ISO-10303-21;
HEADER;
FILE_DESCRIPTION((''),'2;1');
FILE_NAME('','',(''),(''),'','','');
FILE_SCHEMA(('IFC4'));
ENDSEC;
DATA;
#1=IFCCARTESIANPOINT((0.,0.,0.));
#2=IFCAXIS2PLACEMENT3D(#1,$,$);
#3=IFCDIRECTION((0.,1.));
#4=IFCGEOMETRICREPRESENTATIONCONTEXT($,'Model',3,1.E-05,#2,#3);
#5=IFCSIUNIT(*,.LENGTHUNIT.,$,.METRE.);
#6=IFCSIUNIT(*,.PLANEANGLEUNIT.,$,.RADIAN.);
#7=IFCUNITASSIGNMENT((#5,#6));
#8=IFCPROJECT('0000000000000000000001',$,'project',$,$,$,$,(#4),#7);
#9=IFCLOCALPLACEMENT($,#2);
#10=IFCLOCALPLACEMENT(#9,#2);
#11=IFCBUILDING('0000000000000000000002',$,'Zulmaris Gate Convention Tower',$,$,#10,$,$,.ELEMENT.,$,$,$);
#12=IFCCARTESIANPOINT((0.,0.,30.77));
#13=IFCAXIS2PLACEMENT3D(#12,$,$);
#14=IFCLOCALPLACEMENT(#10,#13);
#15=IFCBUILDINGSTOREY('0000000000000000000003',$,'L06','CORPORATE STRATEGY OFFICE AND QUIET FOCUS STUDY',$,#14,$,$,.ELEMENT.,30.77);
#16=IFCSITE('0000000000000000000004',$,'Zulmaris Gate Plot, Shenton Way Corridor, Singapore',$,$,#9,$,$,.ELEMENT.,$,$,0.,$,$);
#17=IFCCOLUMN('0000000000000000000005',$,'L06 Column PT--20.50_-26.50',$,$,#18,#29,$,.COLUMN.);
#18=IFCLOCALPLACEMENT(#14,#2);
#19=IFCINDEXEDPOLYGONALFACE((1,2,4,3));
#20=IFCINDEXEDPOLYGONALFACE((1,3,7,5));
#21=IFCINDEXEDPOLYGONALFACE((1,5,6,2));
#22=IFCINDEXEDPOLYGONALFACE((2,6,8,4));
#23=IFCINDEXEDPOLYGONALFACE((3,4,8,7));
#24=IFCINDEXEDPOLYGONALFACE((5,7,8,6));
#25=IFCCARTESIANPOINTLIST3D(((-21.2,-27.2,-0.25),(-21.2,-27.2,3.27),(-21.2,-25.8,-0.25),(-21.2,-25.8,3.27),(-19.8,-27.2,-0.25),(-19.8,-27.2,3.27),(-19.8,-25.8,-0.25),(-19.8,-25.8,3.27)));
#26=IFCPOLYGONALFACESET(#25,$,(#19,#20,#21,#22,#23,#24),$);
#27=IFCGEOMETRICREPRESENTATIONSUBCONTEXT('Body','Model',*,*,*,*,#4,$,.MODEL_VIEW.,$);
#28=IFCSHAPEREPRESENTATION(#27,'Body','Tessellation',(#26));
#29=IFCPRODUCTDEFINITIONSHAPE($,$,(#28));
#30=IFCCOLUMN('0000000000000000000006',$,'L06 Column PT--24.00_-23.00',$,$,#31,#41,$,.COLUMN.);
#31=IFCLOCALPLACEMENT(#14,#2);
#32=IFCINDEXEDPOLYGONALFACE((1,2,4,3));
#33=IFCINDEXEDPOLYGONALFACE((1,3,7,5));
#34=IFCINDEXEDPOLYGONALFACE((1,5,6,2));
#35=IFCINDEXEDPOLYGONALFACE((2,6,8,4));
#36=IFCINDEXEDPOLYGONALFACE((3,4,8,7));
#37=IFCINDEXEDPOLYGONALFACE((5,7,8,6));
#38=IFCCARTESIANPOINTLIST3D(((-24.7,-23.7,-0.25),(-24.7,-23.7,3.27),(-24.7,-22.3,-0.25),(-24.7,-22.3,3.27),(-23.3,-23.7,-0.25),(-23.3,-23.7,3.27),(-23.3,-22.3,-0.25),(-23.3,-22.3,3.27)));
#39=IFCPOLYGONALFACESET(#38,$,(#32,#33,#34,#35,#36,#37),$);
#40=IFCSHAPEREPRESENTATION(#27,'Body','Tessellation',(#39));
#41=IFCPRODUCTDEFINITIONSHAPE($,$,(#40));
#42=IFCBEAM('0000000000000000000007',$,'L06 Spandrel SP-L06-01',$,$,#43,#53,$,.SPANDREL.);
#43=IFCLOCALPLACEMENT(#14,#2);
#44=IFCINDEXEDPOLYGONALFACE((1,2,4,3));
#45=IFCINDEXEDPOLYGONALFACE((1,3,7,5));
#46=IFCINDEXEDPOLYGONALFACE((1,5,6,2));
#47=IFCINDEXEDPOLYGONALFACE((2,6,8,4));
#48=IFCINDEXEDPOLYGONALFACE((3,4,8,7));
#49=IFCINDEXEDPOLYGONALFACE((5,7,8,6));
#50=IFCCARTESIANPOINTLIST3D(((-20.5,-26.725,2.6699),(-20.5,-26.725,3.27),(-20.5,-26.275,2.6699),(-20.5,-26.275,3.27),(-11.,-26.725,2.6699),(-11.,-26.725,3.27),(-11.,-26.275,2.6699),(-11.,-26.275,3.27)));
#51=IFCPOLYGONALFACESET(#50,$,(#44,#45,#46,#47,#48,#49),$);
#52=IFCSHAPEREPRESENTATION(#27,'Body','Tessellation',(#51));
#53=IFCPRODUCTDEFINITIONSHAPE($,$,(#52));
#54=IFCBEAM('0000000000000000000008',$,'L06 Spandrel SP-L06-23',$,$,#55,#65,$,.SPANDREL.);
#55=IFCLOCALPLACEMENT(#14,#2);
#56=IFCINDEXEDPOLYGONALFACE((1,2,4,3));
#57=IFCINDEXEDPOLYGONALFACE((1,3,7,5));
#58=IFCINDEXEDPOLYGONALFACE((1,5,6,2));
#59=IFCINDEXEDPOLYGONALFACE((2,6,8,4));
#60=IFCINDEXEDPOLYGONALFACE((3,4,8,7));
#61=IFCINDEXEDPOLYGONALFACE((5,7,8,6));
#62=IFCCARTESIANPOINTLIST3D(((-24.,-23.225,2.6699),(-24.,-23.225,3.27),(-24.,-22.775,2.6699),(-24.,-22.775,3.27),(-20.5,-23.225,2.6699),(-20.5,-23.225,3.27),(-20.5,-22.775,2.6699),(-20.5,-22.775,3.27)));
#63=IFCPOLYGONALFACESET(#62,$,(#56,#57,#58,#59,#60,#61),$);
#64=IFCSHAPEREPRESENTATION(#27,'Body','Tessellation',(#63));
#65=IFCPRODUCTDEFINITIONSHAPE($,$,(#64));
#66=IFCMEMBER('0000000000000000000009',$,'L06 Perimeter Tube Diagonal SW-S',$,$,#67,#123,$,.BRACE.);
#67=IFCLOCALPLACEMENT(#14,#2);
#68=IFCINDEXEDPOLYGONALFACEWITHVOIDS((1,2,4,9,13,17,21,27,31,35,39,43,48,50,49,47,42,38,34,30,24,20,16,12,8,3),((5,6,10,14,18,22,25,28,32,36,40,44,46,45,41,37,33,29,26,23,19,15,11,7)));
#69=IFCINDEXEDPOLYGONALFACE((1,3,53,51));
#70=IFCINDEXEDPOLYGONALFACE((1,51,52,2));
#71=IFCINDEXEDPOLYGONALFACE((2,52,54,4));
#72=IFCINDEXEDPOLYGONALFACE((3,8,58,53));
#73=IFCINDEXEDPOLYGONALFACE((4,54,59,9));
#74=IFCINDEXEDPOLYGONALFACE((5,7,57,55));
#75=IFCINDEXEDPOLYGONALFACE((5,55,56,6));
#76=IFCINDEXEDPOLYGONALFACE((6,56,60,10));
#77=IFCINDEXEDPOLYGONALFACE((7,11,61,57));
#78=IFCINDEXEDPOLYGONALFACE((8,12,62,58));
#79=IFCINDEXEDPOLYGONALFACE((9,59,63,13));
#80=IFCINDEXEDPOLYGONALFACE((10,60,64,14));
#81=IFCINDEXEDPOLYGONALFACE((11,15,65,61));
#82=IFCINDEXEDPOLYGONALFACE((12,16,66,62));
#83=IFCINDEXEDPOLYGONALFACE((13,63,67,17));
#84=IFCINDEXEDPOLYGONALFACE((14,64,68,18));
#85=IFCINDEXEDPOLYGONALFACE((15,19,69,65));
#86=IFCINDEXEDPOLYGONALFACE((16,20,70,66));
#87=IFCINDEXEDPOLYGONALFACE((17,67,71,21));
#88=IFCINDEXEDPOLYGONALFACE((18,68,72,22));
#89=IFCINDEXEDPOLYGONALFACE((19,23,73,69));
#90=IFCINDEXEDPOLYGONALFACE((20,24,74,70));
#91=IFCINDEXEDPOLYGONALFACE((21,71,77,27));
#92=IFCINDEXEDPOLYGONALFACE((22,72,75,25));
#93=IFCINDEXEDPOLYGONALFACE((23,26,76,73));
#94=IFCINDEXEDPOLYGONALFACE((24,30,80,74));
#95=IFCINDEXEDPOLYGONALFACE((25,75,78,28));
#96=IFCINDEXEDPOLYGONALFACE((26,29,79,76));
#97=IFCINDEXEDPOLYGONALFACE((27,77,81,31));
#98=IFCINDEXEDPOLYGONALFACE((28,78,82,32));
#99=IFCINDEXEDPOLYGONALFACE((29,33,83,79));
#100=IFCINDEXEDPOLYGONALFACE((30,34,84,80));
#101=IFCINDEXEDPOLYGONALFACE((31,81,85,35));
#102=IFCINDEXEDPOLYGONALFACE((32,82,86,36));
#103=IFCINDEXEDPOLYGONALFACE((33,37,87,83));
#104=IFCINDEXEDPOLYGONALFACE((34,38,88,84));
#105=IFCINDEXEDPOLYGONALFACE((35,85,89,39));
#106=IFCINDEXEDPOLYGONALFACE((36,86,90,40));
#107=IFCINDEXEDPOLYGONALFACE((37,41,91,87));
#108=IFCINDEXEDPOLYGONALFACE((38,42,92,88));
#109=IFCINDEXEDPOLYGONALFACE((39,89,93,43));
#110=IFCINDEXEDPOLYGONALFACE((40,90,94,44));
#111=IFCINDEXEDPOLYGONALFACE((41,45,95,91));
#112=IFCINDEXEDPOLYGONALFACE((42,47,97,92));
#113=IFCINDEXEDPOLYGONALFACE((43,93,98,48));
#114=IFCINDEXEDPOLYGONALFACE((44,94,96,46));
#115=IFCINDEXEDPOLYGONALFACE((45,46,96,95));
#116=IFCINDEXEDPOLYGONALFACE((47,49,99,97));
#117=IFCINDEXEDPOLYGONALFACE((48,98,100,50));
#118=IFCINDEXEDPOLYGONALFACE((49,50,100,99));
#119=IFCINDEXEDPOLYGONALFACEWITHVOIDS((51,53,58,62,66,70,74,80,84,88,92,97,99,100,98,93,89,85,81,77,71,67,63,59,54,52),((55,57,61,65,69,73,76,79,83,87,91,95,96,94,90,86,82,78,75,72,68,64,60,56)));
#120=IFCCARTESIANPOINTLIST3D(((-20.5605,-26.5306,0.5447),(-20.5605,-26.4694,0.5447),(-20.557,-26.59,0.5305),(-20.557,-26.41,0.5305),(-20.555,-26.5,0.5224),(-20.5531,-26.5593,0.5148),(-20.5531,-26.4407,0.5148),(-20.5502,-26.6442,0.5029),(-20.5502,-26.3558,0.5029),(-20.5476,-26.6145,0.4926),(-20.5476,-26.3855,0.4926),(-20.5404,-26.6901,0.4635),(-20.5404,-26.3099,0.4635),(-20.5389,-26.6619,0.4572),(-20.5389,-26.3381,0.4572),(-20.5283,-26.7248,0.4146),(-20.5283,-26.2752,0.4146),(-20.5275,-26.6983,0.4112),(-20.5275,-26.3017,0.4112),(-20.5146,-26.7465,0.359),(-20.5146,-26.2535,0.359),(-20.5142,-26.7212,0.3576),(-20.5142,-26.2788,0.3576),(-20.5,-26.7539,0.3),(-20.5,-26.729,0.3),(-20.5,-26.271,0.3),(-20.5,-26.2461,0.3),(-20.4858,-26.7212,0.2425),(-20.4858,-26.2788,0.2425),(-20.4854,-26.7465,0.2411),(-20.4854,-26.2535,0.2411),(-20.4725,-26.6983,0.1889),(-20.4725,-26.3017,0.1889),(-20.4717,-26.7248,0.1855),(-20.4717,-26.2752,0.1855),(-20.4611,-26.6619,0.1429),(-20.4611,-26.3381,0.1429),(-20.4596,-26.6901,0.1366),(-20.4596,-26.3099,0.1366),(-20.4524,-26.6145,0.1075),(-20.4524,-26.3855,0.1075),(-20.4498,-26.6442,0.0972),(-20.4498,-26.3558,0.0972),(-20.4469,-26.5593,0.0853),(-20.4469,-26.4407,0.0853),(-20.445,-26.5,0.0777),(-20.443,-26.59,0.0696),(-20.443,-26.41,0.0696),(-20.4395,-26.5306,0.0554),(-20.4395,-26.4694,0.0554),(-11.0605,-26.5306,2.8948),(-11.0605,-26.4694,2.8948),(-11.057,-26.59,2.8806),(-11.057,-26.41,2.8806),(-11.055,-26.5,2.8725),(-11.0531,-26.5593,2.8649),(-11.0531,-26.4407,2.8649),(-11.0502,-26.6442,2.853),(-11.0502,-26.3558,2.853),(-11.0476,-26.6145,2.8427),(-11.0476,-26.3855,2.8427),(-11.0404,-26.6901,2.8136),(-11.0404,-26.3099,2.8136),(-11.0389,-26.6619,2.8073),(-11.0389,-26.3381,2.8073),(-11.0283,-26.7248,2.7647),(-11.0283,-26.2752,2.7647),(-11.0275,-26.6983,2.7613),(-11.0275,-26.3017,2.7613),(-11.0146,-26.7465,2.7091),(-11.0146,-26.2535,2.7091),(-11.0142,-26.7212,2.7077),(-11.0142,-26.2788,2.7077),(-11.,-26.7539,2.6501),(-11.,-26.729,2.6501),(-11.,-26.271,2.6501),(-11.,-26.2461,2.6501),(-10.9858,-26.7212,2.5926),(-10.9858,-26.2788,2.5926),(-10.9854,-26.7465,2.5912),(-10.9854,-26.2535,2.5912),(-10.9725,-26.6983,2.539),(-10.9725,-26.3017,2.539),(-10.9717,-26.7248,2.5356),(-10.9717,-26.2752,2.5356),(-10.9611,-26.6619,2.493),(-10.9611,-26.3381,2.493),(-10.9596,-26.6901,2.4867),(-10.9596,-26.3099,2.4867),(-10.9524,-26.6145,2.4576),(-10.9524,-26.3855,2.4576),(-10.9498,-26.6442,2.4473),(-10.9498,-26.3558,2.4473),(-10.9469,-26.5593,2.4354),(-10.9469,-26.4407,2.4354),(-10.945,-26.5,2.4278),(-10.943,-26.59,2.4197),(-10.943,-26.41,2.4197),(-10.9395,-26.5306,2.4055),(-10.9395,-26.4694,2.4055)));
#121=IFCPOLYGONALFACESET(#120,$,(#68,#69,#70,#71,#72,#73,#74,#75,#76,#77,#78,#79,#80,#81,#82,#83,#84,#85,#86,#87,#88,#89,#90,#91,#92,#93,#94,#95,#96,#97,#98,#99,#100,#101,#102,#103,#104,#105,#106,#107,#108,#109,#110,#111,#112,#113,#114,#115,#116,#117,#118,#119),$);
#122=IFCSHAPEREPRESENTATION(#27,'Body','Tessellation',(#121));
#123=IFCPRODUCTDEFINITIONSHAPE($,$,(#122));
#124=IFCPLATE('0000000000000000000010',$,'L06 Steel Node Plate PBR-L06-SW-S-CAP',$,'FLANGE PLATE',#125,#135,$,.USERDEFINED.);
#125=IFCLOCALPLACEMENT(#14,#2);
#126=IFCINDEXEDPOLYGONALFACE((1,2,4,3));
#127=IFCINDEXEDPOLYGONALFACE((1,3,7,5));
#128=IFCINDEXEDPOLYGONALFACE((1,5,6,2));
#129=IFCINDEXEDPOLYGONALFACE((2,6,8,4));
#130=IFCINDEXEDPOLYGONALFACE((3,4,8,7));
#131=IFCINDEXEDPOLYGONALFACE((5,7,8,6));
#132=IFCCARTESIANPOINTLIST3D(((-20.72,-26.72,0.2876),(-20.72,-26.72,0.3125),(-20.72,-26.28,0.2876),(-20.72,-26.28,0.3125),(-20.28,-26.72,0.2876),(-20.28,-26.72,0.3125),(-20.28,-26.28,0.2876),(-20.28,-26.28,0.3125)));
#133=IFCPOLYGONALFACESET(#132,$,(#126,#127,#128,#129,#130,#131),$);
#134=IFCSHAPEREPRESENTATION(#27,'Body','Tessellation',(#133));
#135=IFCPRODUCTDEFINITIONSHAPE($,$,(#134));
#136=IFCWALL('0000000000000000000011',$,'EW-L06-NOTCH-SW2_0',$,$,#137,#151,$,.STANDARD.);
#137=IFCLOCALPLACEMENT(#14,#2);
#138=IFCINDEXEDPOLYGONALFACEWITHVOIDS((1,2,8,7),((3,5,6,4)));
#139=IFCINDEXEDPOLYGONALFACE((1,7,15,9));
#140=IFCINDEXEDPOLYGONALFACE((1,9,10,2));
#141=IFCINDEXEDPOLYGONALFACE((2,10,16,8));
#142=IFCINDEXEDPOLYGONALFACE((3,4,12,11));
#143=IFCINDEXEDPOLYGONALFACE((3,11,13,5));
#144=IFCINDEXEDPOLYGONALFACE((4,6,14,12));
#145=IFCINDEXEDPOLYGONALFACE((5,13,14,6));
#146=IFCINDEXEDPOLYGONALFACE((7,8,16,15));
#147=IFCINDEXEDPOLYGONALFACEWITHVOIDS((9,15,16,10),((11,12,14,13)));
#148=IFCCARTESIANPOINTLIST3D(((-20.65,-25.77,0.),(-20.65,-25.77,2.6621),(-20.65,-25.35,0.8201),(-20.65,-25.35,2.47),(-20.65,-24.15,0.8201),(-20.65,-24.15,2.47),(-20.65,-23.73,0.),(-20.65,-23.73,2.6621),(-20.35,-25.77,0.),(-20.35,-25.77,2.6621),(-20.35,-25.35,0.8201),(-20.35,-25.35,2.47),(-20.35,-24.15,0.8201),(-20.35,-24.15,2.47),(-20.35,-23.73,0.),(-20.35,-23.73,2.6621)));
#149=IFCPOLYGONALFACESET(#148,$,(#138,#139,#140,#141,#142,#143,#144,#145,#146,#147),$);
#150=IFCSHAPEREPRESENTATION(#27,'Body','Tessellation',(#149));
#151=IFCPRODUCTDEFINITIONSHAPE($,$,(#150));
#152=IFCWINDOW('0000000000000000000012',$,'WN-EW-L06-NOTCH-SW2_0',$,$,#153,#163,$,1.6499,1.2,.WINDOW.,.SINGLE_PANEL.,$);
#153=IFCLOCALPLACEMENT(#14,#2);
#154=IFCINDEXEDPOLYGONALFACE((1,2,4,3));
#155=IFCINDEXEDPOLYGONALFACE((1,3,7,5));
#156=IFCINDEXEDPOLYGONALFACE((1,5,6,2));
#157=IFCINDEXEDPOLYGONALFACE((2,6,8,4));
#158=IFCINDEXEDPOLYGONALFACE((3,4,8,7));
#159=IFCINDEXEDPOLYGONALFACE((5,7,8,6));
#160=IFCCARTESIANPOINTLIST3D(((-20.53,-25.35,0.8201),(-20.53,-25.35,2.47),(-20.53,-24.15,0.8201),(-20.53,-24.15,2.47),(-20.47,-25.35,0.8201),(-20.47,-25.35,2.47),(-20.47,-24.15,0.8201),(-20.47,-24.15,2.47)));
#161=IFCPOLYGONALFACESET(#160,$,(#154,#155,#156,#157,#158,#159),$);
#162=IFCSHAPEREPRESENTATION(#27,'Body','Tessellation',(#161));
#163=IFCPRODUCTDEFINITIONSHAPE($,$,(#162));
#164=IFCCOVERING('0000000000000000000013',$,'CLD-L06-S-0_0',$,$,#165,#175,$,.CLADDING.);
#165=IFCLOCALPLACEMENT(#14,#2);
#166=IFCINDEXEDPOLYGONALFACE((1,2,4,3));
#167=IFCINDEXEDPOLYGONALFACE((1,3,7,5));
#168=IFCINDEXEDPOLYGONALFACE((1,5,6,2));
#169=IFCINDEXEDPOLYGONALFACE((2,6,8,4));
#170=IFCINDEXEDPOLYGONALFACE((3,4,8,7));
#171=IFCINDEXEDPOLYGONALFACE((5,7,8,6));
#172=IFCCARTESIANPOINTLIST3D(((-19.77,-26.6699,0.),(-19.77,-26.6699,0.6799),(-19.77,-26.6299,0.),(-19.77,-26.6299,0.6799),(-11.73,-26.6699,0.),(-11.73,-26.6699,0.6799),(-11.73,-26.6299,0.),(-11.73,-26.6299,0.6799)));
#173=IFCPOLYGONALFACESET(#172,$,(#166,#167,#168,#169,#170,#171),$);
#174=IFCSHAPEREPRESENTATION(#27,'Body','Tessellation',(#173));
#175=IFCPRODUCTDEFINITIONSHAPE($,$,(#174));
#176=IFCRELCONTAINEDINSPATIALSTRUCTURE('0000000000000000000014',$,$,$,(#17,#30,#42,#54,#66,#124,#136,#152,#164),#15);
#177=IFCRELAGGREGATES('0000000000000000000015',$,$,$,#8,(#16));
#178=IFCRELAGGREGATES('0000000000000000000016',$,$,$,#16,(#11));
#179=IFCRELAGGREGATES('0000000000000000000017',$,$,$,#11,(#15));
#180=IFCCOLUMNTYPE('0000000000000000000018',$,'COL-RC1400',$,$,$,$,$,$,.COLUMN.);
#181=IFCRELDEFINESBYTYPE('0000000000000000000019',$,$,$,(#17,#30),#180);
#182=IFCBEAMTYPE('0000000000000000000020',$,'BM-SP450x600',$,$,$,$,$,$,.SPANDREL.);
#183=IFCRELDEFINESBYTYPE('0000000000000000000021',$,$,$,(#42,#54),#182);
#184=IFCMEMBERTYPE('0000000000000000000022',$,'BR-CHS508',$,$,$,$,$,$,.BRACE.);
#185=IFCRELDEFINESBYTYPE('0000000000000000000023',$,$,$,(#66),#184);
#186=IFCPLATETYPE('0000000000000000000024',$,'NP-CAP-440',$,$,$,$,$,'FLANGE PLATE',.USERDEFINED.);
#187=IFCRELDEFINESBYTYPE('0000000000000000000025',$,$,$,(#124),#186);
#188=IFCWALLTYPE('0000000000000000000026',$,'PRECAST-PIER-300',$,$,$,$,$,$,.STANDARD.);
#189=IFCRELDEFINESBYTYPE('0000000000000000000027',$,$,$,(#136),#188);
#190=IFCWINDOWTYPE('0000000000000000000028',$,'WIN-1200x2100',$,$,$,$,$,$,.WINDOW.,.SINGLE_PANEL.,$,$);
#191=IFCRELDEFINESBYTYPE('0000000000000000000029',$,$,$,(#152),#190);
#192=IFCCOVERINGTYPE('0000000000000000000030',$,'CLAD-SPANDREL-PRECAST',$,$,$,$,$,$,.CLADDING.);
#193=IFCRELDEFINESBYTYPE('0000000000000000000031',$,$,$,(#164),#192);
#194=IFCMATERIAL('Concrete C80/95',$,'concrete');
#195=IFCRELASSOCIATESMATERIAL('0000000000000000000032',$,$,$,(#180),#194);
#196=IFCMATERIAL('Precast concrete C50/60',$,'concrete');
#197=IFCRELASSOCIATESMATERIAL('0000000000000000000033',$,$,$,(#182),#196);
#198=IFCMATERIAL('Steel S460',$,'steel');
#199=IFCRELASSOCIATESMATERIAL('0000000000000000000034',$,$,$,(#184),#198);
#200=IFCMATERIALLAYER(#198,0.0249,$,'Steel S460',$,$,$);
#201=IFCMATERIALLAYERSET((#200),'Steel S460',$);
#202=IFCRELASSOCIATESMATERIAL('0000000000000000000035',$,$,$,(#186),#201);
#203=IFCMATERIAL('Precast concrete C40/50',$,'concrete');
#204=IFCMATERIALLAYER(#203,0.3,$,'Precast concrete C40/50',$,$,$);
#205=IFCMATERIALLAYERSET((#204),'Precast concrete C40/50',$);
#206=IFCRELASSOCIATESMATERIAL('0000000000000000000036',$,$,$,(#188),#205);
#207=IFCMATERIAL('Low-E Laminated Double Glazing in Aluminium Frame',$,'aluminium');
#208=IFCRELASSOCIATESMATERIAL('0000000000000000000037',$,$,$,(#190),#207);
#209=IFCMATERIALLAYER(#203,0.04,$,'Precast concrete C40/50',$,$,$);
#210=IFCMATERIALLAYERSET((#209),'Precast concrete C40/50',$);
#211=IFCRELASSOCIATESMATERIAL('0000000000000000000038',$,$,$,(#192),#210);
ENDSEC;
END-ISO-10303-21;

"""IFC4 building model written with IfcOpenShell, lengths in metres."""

from ifc_helpers import new_model, si_unit, direction, frame, frame_2d, origin, origin_2d, place, context, subcontext, project, spatial, rectangle, hollow_circle, extrude, material, layer, layer_set, material_profile, profile_set, type_object, element, fill, save


model = new_model("IFC4")

# Units and contexts
model_context = context("Model", 3, precision=1e-05, world=origin(), true_north=direction((0.0, 1.0)))
body_context = subcontext(model_context, "Body", "Model", "MODEL_VIEW")
ifc_project = project(units=[si_unit("LENGTHUNIT", "METRE"), si_unit("PLANEANGLEUNIT", "RADIAN")], contexts=[model_context])

# Site, building, storey
site_placement = place(None, origin())
site = spatial("IfcSite", under=ifc_project, at=site_placement, Name="Zulmaris Gate Plot, Shenton Way Corridor, Singapore", CompositionType="ELEMENT", RefElevation=0.0)
building_placement = place(site_placement, origin())
building = spatial("IfcBuilding", under=site, at=building_placement, Name="Zulmaris Gate Convention Tower", CompositionType="ELEMENT")
storey_placement = place(building_placement, frame((0.0, 0.0, 30.77)))
storey = spatial("IfcBuildingStorey", under=building, at=storey_placement, Name="L06", Description="CORPORATE STRATEGY OFFICE AND QUIET FOCUS STUDY", CompositionType="ELEMENT", Elevation=30.77)

# Columns
ifc_material_1 = material(Name="Concrete C80/95", Category="concrete")
ifc_material_profile_1 = material_profile(ifc_material_1, rectangle(XDim=1.3999, YDim=1.3999, at=origin_2d()), Name="RC COL 1400x1400")
ifc_profile_set_1 = profile_set([ifc_material_profile_1], Name="Concrete C80/95")
column_type = type_object("IfcColumnType", Name="COL-RC1400", PredefinedType="COLUMN", material=ifc_profile_set_1)
for number, where, z_axis, x_axis, name in (
    (1, (-20.5, -26.5, -0.25), (0.0, 0.0, 1.0), (1.0, 0.0, 0.0), "L06 Column PT--20.50_-26.50"),
    (2, (-24.0, -23.0, -0.25), (0.0, 0.0, 1.0), (1.0, 0.0, 0.0), "L06 Column PT--24.00_-23.00"),
):
    element("IfcColumn", number, at=place(storey_placement, frame(where, z_axis=z_axis, x_axis=x_axis)), inside=storey, type_object=column_type, Name=name, PredefinedType="COLUMN", context=body_context, shape_type="SweptSolid", body=[
        extrude(rectangle(XDim=1.3999, YDim=1.3999, at=origin_2d()), origin(), (0.0, 0.0, 1.0), 3.52),
    ])

# Beams
ifc_material_2 = material(Name="Precast concrete C50/60", Category="concrete")
ifc_material_profile_2 = material_profile(ifc_material_2, rectangle(XDim=0.45, YDim=0.6001, at=origin_2d()), Name="RC SPANDREL 450x600")
ifc_profile_set_2 = profile_set([ifc_material_profile_2], Name="Precast concrete C50/60")
beam_type = type_object("IfcBeamType", Name="BM-SP450x600", PredefinedType="SPANDREL", material=ifc_profile_set_2)
beam_1_placement = place(storey_placement, frame((-20.5, -26.5, 2.97), z_axis=(1.0, 0.0, 0.0), x_axis=(0.0, 1.0, 0.0)))
element("IfcBeam", 3, at=beam_1_placement, inside=storey, type_object=beam_type, Name="L06 Spandrel SP-L06-01", PredefinedType="SPANDREL", context=body_context, shape_type="SweptSolid", body=[
    extrude(rectangle(XDim=0.45, YDim=0.6001, at=origin_2d()), origin(), (0.0, 0.0, 1.0), 9.5),
])
beam_2_placement = place(storey_placement, frame((-24.0, -23.0, 2.97), z_axis=(1.0, 0.0, 0.0), x_axis=(0.0, 1.0, 0.0)))
element("IfcBeam", 4, at=beam_2_placement, inside=storey, type_object=beam_type, Name="L06 Spandrel SP-L06-23", PredefinedType="SPANDREL", context=body_context, shape_type="SweptSolid", body=[
    extrude(rectangle(XDim=0.45, YDim=0.6001, at=origin_2d()), origin(), (0.0, 0.0, 1.0), 3.5),
])

# Member
ifc_material_3 = material(Name="Steel S460", Category="steel")
ifc_material_profile_3 = material_profile(ifc_material_3, hollow_circle(Radius=0.2539, WallThickness=0.0249, at=origin_2d()), Name="CHS 508x25")
ifc_profile_set_3 = profile_set([ifc_material_profile_3], Name="Steel S460")
member_type = type_object("IfcMemberType", Name="BR-CHS508", PredefinedType="BRACE", material=ifc_profile_set_3)
member_placement = place(storey_placement, frame((-20.5, -26.5, 0.3), z_axis=(0.970738, 0.0, 0.24014), x_axis=(0.0, 1.0, 0.0)))
element("IfcMember", 5, at=member_placement, inside=storey, type_object=member_type, Name="L06 Perimeter Tube Diagonal SW-S", PredefinedType="BRACE", context=body_context, shape_type="SweptSolid", body=[
    extrude(hollow_circle(Radius=0.2539, WallThickness=0.0249, at=origin_2d()), origin(), (0.0, 0.0, 1.0), 9.7864),
])

# Plate
ifc_layer_1 = layer(ifc_material_3, 0.0249, Name="Steel S460")
ifc_layer_set_1 = layer_set([ifc_layer_1], Name="Steel S460")
plate_type = type_object("IfcPlateType", Name="NP-CAP-440", ElementType="FLANGE PLATE", PredefinedType="USERDEFINED", material=ifc_layer_set_1)
plate_placement = place(storey_placement, frame((-20.5, -26.5, 0.2876), z_axis=(0.0, 0.0, 1.0), x_axis=(1.0, 0.0, 0.0)))
element("IfcPlate", 6, at=plate_placement, inside=storey, type_object=plate_type, Name="L06 Steel Node Plate PBR-L06-SW-S-CAP", ObjectType="FLANGE PLATE", PredefinedType="USERDEFINED", context=body_context, shape_type="SweptSolid", body=[
    extrude(rectangle(XDim=0.4399, YDim=0.4399, at=origin_2d()), origin(), (0.0, 0.0, 1.0), 0.0249),
])

# Wall, opening, window
ifc_material_4 = material(Name="Precast concrete C40/50", Category="concrete")
ifc_layer_2 = layer(ifc_material_4, 0.3, Name="Precast concrete C40/50")
ifc_layer_set_2 = layer_set([ifc_layer_2], Name="Precast concrete C40/50")
wall_type = type_object("IfcWallType", Name="PRECAST-PIER-300", PredefinedType="STANDARD", material=ifc_layer_set_2)
wall_placement = place(storey_placement, frame((-20.5, -23.73, 0.0), z_axis=(0.0, 0.0, 1.0), x_axis=(0.0, -1.0, 0.0)))
wall = element("IfcWall", 7, at=wall_placement, inside=storey, type_object=wall_type, Name="EW-L06-NOTCH-SW2_0", PredefinedType="STANDARD", context=body_context, shape_type="SweptSolid", body=[
    extrude(rectangle(XDim=2.04, YDim=0.3, at=frame_2d((1.02, 0.0))), origin(), (0.0, 0.0, 1.0), 2.6621),
])
opening_placement = place(wall_placement, frame((0.4199, 0.0, 0.8201)))
opening = element("IfcOpeningElement", 8, at=opening_placement, cuts=wall, PredefinedType="OPENING", context=body_context, shape_type="SweptSolid", body=[
    extrude(rectangle(XDim=1.2, YDim=1.6499, at=frame_2d((0.6001, 0.825))), frame((0.0, 0.1602, 0.0), z_axis=(0.0, -1.0, 0.0), x_axis=(1.0, 0.0, 0.0)), (0.0, 0.0, 1.0), 0.3201),
])
ifc_material_5 = material(Name="Low-E Laminated Double Glazing in Aluminium Frame", Category="aluminium")
window_type = type_object("IfcWindowType", Name="WIN-1200x2100", PartitioningType="SINGLE_PANEL", PredefinedType="WINDOW", material=ifc_material_5)
window_placement = place(opening_placement, origin())
window = element("IfcWindow", 9, at=window_placement, inside=storey, type_object=window_type, Name="WN-EW-L06-NOTCH-SW2_0", OverallHeight=1.6499, OverallWidth=1.2, PartitioningType="SINGLE_PANEL", PredefinedType="WINDOW", context=body_context, shape_type="SweptSolid", body=[
    extrude(rectangle(XDim=1.2, YDim=1.6499, at=frame_2d((0.6001, 0.825))), frame((0.0, 0.03, 0.0), z_axis=(0.0, -1.0, 0.0), x_axis=(1.0, 0.0, 0.0)), (0.0, 0.0, 1.0), 0.0601),
])
fill(opening, window)

# Covering
ifc_layer_3 = layer(ifc_material_4, 0.04, Name="Precast concrete C40/50")
ifc_layer_set_3 = layer_set([ifc_layer_3], Name="Precast concrete C40/50")
covering_type_1 = type_object("IfcCoveringType", Name="CLAD-SPANDREL-PRECAST", PredefinedType="CLADDING", material=ifc_layer_set_3)
covering_1_placement = place(storey_placement, frame((-19.77, -26.6499, 0.0), z_axis=(0.0, 0.0, 1.0), x_axis=(1.0, 0.0, 0.0)))
element("IfcCovering", 10, at=covering_1_placement, inside=storey, type_object=covering_type_1, Name="CLD-L06-S-0_0", PredefinedType="CLADDING", context=body_context, shape_type="SweptSolid", body=[
    extrude(rectangle(XDim=8.04, YDim=0.04, at=frame_2d((4.02, 0.0))), origin(), (0.0, 0.0, 1.0), 0.6799),
])

save(model, "model.ifc")
